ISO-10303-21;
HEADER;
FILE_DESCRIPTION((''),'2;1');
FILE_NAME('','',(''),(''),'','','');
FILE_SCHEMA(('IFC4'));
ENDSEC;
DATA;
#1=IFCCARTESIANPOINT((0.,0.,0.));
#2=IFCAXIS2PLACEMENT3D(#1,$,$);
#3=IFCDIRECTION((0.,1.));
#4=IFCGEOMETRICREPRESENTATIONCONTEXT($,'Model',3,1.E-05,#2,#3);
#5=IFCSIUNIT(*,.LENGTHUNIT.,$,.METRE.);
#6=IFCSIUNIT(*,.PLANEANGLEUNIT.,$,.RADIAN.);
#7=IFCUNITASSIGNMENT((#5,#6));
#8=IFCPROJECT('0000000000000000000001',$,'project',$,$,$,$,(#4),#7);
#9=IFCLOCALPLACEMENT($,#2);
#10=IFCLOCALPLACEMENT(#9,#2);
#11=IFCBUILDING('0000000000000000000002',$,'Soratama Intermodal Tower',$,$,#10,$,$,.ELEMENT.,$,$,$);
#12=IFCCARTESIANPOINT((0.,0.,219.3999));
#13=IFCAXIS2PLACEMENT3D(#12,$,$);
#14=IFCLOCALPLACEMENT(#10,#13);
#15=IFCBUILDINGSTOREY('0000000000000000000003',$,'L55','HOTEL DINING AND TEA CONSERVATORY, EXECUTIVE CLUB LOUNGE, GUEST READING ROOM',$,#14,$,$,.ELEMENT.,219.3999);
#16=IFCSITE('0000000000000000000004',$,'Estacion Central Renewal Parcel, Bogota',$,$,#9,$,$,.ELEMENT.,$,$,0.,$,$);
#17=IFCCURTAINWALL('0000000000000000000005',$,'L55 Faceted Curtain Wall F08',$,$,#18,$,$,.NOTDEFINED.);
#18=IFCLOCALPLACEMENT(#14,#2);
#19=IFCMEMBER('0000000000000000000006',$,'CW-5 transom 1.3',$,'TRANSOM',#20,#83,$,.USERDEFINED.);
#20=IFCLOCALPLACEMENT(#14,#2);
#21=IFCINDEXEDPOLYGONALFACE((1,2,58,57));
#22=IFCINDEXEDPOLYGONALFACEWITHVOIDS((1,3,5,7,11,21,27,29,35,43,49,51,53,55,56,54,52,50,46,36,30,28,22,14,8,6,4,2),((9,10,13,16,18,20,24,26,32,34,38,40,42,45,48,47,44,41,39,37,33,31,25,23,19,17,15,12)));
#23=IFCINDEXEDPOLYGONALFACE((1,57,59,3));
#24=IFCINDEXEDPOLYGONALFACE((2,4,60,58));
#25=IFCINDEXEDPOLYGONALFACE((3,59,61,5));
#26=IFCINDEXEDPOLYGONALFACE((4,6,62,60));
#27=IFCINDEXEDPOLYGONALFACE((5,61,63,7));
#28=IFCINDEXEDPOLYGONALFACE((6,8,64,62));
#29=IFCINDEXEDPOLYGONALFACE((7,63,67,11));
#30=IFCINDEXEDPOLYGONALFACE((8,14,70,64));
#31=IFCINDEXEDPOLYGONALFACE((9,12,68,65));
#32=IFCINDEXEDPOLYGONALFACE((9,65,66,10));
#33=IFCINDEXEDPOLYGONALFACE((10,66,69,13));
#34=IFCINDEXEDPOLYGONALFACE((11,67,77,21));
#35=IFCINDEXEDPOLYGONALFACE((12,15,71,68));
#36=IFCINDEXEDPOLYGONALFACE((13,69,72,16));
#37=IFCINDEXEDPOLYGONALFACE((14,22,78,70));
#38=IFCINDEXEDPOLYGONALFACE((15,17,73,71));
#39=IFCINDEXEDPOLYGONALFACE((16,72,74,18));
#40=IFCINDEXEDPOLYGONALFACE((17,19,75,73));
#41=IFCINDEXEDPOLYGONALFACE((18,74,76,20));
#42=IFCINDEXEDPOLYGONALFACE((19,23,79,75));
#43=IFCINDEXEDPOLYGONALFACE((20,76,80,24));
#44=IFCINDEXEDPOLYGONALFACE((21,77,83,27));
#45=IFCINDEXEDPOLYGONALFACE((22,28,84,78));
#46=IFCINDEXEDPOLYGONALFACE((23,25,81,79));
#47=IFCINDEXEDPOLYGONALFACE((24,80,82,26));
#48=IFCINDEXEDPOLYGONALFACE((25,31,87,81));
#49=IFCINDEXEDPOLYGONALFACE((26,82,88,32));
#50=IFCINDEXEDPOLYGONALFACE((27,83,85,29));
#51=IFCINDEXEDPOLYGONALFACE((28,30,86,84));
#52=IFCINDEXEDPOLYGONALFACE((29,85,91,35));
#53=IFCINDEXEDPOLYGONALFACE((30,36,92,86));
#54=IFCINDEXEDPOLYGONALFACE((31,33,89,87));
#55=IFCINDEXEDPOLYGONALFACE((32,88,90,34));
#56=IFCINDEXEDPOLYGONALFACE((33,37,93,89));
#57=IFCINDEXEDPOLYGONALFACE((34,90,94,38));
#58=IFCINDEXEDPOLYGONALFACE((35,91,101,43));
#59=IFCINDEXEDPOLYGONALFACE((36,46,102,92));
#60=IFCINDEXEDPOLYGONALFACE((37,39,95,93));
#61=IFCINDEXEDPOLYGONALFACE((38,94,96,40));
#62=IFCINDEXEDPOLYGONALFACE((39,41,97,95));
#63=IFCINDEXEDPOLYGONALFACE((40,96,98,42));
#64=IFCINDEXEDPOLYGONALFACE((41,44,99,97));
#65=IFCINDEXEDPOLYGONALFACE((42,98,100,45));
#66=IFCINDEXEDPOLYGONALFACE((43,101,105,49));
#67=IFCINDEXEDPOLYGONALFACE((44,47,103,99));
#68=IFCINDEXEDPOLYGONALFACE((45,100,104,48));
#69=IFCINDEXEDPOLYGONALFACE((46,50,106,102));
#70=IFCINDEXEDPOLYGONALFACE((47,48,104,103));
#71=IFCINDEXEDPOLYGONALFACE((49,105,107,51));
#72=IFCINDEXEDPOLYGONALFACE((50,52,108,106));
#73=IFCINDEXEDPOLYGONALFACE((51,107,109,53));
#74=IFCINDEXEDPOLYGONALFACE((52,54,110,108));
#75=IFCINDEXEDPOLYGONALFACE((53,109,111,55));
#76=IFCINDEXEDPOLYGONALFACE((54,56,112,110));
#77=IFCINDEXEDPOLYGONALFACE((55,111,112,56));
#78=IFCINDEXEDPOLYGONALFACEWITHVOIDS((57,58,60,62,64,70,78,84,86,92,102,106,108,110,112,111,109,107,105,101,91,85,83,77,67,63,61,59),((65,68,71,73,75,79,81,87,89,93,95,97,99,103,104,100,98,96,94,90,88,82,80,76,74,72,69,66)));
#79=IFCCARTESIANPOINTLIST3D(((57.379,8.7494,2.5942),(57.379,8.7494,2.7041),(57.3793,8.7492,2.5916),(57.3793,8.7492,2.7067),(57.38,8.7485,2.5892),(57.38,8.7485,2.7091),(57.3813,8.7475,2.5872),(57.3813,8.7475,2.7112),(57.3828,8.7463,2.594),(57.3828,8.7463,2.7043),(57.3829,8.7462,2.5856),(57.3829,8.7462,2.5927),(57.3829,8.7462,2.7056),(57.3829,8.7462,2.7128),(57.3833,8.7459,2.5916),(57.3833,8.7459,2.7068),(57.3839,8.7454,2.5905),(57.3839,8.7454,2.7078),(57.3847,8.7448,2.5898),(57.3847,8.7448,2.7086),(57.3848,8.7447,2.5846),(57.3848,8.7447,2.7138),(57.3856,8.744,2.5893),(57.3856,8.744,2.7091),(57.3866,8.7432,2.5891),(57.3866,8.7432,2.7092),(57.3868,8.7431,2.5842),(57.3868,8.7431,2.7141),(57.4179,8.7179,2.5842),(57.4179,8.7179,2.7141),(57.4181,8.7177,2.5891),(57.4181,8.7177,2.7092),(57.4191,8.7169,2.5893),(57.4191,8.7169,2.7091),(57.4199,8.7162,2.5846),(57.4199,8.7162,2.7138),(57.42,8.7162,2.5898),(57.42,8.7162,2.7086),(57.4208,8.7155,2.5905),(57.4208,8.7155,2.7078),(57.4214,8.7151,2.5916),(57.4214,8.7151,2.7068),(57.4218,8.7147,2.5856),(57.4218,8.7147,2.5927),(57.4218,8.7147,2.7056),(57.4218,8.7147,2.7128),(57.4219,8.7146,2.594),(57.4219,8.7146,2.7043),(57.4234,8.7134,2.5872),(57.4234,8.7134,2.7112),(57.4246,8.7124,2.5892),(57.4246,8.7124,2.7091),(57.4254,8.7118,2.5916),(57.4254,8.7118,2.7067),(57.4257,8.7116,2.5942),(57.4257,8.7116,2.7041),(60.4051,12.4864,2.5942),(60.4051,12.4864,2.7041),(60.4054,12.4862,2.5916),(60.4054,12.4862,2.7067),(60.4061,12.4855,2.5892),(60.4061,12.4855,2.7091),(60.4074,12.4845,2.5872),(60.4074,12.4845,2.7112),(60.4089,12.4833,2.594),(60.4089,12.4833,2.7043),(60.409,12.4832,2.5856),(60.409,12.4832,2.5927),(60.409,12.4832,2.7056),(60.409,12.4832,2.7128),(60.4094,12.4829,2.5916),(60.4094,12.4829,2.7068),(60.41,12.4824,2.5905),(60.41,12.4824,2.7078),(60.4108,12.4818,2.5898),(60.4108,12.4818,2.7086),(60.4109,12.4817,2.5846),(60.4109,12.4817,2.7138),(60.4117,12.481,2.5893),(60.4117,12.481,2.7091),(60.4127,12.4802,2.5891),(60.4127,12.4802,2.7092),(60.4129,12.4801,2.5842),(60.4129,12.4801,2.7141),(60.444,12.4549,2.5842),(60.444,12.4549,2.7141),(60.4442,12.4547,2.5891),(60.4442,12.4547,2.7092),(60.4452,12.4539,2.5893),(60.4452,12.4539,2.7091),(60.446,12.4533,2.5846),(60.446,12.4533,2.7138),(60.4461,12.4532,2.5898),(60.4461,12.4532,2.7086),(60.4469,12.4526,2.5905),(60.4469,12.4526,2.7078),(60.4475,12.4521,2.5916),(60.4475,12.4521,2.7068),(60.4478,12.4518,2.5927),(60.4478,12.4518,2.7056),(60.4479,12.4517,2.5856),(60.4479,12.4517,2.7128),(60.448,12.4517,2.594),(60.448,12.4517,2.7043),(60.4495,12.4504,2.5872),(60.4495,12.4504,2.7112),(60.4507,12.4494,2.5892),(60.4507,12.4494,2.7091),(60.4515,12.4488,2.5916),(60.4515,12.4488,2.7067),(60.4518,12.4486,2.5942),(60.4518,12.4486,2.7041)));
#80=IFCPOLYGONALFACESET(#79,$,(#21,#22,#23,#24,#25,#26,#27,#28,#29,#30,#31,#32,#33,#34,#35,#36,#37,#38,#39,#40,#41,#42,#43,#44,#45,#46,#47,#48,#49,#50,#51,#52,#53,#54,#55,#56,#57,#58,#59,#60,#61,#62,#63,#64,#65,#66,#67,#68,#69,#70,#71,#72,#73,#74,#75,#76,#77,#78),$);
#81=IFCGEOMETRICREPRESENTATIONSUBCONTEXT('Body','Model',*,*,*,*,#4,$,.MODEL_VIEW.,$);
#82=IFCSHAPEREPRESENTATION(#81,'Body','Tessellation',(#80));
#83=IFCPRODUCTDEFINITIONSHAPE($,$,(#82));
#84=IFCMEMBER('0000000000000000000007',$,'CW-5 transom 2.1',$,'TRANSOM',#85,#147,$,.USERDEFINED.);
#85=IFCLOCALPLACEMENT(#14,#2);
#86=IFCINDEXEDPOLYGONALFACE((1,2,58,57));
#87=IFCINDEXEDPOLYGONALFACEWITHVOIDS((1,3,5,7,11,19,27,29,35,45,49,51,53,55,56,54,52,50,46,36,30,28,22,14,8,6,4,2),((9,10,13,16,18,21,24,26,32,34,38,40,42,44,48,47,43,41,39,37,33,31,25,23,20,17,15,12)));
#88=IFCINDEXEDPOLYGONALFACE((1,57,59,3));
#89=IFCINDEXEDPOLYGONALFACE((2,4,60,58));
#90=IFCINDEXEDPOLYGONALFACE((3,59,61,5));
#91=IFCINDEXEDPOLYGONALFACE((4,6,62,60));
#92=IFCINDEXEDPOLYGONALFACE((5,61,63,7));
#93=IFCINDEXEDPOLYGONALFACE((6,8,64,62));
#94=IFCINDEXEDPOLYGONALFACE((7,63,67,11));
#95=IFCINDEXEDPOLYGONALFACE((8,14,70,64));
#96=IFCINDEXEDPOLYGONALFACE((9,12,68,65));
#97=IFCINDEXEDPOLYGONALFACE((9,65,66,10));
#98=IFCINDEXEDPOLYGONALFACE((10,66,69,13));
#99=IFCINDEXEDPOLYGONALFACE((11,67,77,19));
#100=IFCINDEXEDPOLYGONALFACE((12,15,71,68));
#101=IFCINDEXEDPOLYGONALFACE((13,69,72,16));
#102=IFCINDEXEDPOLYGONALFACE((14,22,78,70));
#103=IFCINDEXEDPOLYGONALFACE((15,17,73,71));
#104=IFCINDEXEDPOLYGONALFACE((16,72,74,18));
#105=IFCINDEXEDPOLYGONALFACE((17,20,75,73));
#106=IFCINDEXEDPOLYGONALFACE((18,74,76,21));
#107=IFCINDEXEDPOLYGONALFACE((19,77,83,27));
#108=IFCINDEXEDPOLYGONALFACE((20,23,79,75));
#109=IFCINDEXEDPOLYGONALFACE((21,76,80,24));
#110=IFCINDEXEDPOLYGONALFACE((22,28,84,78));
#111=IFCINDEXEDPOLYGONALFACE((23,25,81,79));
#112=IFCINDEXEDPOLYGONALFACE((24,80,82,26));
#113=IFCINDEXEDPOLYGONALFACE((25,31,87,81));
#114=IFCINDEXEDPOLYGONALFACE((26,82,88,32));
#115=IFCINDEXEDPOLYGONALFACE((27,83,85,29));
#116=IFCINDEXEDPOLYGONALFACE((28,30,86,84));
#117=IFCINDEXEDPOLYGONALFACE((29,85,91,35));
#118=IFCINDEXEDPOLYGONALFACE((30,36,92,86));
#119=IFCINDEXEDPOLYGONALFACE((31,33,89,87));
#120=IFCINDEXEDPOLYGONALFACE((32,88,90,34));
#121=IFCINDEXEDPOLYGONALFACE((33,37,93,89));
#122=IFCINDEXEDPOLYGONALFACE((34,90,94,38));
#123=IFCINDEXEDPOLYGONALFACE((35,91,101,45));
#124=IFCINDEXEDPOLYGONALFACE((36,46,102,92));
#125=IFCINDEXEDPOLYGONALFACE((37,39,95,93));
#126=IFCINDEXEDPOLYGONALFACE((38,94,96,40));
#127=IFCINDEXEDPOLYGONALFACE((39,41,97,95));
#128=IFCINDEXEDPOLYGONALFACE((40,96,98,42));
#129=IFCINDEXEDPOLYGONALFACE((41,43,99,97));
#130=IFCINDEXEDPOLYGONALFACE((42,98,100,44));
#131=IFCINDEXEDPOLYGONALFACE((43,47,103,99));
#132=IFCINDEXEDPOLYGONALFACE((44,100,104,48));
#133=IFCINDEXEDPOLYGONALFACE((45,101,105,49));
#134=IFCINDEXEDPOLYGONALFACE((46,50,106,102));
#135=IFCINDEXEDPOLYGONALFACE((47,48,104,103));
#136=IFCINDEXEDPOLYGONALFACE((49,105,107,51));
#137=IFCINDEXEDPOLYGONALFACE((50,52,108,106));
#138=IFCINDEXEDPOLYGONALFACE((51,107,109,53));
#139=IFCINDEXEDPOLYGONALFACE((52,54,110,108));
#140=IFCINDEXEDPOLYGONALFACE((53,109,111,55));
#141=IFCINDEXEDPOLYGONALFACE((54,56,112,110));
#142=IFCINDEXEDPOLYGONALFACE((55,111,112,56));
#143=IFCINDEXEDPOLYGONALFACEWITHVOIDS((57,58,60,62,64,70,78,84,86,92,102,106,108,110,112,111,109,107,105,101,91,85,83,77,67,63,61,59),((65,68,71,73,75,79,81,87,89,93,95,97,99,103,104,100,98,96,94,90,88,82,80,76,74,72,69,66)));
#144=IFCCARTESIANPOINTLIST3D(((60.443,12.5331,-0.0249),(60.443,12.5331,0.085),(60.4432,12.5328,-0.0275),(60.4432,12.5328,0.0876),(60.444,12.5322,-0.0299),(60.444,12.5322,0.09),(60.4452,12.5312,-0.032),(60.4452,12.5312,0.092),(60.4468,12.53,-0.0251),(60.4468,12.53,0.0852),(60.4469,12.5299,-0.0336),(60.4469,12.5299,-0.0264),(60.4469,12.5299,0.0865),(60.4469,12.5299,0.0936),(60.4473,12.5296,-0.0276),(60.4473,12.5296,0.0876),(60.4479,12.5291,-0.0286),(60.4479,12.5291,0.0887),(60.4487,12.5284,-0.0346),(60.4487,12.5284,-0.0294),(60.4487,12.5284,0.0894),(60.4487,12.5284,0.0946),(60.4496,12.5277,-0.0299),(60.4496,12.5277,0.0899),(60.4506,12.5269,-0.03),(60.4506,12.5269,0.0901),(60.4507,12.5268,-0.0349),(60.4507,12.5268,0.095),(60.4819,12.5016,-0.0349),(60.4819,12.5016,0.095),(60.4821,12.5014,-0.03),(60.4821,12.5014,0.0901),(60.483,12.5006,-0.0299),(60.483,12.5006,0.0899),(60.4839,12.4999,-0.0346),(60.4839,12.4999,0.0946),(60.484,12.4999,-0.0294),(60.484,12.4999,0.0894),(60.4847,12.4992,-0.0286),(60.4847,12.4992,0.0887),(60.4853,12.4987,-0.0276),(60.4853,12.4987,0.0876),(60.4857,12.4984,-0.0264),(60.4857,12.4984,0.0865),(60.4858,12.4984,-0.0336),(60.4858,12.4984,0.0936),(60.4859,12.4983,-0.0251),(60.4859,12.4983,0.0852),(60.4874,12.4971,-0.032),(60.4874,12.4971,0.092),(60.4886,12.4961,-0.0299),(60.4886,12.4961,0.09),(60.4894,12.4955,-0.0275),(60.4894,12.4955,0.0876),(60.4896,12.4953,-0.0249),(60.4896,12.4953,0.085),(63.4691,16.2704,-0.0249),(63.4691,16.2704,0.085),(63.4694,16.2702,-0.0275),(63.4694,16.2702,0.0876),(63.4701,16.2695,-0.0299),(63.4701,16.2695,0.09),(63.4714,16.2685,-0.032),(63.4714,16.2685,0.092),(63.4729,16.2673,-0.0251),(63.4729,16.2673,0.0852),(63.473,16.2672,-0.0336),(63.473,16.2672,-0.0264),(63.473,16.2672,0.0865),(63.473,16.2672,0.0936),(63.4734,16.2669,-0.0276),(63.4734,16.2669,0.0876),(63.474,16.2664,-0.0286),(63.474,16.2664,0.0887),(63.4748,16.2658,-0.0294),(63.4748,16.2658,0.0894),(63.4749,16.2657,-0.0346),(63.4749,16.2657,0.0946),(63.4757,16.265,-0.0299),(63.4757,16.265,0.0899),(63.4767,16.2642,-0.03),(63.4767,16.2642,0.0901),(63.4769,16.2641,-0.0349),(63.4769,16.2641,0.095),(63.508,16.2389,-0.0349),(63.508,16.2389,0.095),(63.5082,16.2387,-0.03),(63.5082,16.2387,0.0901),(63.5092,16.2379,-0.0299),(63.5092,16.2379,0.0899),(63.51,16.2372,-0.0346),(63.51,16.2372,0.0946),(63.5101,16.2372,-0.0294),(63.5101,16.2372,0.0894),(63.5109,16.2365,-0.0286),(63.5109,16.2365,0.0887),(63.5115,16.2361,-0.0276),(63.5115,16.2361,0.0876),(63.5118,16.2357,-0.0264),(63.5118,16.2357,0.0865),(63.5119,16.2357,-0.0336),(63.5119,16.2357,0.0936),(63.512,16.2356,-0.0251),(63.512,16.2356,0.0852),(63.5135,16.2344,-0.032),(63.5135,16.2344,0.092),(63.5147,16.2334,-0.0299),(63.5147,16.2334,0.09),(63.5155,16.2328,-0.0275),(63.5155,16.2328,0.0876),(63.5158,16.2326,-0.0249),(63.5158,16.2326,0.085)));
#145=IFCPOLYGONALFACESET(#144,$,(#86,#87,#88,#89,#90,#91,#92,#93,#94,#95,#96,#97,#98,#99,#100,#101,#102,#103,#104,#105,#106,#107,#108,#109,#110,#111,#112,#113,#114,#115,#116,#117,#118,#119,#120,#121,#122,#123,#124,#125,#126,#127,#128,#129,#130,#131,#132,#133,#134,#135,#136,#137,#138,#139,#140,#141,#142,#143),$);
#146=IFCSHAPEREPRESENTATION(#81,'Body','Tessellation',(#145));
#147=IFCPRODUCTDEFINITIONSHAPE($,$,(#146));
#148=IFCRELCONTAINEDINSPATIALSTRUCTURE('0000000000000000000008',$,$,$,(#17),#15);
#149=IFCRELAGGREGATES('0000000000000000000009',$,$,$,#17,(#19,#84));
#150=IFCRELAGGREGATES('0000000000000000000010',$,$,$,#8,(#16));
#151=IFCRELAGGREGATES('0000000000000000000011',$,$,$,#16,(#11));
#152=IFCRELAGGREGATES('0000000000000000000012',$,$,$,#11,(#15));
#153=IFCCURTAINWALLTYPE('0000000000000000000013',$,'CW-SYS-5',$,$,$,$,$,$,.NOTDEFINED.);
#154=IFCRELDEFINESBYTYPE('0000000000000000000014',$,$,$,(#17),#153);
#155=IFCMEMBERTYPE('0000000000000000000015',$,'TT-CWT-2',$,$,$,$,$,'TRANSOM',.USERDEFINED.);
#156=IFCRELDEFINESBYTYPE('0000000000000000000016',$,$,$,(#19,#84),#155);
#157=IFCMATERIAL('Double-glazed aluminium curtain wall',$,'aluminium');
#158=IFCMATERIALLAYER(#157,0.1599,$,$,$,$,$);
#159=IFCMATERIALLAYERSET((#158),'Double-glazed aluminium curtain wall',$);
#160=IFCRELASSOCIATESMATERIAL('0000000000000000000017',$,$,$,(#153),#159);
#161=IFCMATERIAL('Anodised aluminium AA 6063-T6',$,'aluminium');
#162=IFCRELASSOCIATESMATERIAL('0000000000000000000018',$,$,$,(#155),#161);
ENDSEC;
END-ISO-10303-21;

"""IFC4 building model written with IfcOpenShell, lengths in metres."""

from ifc_helpers import new_model, si_unit, direction, frame, origin, origin_2d, place, context, subcontext, project, spatial, hollow_rectangle, extrude, material, layer, layer_set, material_profile, profile_set, type_object, element, aggregate, save


model = new_model("IFC4")

# Units and contexts
model_context = context("Model", 3, precision=1e-05, world=origin(), true_north=direction((0.0, 1.0)))
body_context = subcontext(model_context, "Body", "Model", "MODEL_VIEW")
ifc_project = project(units=[si_unit("LENGTHUNIT", "METRE"), si_unit("PLANEANGLEUNIT", "RADIAN")], contexts=[model_context])

# Site, building, storey
site_placement = place(None, origin())
site = spatial("IfcSite", under=ifc_project, at=site_placement, Name="Estacion Central Renewal Parcel, Bogota", CompositionType="ELEMENT", RefElevation=0.0)
building_placement = place(site_placement, origin())
building = spatial("IfcBuilding", under=site, at=building_placement, Name="Soratama Intermodal Tower", CompositionType="ELEMENT")
storey_placement = place(building_placement, frame((0.0, 0.0, 219.3999)))
storey = spatial("IfcBuildingStorey", under=building, at=storey_placement, Name="L55", Description="HOTEL DINING AND TEA CONSERVATORY, EXECUTIVE CLUB LOUNGE, GUEST READING ROOM", CompositionType="ELEMENT", Elevation=219.3999)

# Curtain wall, members
ifc_material_1 = material(Name="Double-glazed aluminium curtain wall", Category="aluminium")
ifc_layer_1 = layer(ifc_material_1, 0.1599)
ifc_layer_set_1 = layer_set([ifc_layer_1], Name="Double-glazed aluminium curtain wall")
curtain_wall_type = type_object("IfcCurtainWallType", Name="CW-SYS-5", PredefinedType="NOTDEFINED", material=ifc_layer_set_1)
curtain_wall_placement = place(storey_placement, origin())
curtain_wall = element("IfcCurtainWall", 1, at=curtain_wall_placement, inside=storey, type_object=curtain_wall_type, Name="L55 Faceted Curtain Wall F08", PredefinedType="NOTDEFINED")
ifc_material_2 = material(Name="Anodised aluminium AA 6063-T6", Category="aluminium")
ifc_material_profile_1 = material_profile(ifc_material_2, hollow_rectangle(XDim=0.0601, YDim=0.1299, WallThickness=0.0049, InnerFilletRadius=0.0049, OuterFilletRadius=0.01, at=origin_2d()), Name="CWT130X60X5")
ifc_profile_set_1 = profile_set([ifc_material_profile_1], Name="Anodised aluminium AA 6063-T6")
member_type_1 = type_object("IfcMemberType", Name="TT-CWT-2", ElementType="TRANSOM", PredefinedType="USERDEFINED", material=ifc_profile_set_1)
member_1_placement = place(storey_placement, frame((57.4023, 8.7305, 2.6492), z_axis=(0.629309, 0.777155, 0.0), x_axis=(-0.777155, 0.629309, 0.0)))
member_1 = element("IfcMember", 2, at=member_1_placement, type_object=member_type_1, Name="CW-5 transom 1.3", ObjectType="TRANSOM", PredefinedType="USERDEFINED", context=body_context, shape_type="SweptSolid", body=[
    extrude(hollow_rectangle(XDim=0.0601, YDim=0.1299, WallThickness=0.0049, InnerFilletRadius=0.0049, OuterFilletRadius=0.01, at=origin_2d()), origin(), (0.0, 0.0, 1.0), 4.8086),
])
member_2_placement = place(storey_placement, frame((60.4663, 12.5142, 0.03), z_axis=(0.629284, 0.777175, 0.0), x_axis=(-0.777175, 0.629284, 0.0)))
member_2 = element("IfcMember", 3, at=member_2_placement, type_object=member_type_1, Name="CW-5 transom 2.1", ObjectType="TRANSOM", PredefinedType="USERDEFINED", context=body_context, shape_type="SweptSolid", body=[
    extrude(hollow_rectangle(XDim=0.0601, YDim=0.1299, WallThickness=0.0049, InnerFilletRadius=0.0049, OuterFilletRadius=0.01, at=origin_2d()), origin(), (0.0, 0.0, 1.0), 4.8088),
])
aggregate(curtain_wall, [member_1, member_2])

save(model, "model.ifc")
